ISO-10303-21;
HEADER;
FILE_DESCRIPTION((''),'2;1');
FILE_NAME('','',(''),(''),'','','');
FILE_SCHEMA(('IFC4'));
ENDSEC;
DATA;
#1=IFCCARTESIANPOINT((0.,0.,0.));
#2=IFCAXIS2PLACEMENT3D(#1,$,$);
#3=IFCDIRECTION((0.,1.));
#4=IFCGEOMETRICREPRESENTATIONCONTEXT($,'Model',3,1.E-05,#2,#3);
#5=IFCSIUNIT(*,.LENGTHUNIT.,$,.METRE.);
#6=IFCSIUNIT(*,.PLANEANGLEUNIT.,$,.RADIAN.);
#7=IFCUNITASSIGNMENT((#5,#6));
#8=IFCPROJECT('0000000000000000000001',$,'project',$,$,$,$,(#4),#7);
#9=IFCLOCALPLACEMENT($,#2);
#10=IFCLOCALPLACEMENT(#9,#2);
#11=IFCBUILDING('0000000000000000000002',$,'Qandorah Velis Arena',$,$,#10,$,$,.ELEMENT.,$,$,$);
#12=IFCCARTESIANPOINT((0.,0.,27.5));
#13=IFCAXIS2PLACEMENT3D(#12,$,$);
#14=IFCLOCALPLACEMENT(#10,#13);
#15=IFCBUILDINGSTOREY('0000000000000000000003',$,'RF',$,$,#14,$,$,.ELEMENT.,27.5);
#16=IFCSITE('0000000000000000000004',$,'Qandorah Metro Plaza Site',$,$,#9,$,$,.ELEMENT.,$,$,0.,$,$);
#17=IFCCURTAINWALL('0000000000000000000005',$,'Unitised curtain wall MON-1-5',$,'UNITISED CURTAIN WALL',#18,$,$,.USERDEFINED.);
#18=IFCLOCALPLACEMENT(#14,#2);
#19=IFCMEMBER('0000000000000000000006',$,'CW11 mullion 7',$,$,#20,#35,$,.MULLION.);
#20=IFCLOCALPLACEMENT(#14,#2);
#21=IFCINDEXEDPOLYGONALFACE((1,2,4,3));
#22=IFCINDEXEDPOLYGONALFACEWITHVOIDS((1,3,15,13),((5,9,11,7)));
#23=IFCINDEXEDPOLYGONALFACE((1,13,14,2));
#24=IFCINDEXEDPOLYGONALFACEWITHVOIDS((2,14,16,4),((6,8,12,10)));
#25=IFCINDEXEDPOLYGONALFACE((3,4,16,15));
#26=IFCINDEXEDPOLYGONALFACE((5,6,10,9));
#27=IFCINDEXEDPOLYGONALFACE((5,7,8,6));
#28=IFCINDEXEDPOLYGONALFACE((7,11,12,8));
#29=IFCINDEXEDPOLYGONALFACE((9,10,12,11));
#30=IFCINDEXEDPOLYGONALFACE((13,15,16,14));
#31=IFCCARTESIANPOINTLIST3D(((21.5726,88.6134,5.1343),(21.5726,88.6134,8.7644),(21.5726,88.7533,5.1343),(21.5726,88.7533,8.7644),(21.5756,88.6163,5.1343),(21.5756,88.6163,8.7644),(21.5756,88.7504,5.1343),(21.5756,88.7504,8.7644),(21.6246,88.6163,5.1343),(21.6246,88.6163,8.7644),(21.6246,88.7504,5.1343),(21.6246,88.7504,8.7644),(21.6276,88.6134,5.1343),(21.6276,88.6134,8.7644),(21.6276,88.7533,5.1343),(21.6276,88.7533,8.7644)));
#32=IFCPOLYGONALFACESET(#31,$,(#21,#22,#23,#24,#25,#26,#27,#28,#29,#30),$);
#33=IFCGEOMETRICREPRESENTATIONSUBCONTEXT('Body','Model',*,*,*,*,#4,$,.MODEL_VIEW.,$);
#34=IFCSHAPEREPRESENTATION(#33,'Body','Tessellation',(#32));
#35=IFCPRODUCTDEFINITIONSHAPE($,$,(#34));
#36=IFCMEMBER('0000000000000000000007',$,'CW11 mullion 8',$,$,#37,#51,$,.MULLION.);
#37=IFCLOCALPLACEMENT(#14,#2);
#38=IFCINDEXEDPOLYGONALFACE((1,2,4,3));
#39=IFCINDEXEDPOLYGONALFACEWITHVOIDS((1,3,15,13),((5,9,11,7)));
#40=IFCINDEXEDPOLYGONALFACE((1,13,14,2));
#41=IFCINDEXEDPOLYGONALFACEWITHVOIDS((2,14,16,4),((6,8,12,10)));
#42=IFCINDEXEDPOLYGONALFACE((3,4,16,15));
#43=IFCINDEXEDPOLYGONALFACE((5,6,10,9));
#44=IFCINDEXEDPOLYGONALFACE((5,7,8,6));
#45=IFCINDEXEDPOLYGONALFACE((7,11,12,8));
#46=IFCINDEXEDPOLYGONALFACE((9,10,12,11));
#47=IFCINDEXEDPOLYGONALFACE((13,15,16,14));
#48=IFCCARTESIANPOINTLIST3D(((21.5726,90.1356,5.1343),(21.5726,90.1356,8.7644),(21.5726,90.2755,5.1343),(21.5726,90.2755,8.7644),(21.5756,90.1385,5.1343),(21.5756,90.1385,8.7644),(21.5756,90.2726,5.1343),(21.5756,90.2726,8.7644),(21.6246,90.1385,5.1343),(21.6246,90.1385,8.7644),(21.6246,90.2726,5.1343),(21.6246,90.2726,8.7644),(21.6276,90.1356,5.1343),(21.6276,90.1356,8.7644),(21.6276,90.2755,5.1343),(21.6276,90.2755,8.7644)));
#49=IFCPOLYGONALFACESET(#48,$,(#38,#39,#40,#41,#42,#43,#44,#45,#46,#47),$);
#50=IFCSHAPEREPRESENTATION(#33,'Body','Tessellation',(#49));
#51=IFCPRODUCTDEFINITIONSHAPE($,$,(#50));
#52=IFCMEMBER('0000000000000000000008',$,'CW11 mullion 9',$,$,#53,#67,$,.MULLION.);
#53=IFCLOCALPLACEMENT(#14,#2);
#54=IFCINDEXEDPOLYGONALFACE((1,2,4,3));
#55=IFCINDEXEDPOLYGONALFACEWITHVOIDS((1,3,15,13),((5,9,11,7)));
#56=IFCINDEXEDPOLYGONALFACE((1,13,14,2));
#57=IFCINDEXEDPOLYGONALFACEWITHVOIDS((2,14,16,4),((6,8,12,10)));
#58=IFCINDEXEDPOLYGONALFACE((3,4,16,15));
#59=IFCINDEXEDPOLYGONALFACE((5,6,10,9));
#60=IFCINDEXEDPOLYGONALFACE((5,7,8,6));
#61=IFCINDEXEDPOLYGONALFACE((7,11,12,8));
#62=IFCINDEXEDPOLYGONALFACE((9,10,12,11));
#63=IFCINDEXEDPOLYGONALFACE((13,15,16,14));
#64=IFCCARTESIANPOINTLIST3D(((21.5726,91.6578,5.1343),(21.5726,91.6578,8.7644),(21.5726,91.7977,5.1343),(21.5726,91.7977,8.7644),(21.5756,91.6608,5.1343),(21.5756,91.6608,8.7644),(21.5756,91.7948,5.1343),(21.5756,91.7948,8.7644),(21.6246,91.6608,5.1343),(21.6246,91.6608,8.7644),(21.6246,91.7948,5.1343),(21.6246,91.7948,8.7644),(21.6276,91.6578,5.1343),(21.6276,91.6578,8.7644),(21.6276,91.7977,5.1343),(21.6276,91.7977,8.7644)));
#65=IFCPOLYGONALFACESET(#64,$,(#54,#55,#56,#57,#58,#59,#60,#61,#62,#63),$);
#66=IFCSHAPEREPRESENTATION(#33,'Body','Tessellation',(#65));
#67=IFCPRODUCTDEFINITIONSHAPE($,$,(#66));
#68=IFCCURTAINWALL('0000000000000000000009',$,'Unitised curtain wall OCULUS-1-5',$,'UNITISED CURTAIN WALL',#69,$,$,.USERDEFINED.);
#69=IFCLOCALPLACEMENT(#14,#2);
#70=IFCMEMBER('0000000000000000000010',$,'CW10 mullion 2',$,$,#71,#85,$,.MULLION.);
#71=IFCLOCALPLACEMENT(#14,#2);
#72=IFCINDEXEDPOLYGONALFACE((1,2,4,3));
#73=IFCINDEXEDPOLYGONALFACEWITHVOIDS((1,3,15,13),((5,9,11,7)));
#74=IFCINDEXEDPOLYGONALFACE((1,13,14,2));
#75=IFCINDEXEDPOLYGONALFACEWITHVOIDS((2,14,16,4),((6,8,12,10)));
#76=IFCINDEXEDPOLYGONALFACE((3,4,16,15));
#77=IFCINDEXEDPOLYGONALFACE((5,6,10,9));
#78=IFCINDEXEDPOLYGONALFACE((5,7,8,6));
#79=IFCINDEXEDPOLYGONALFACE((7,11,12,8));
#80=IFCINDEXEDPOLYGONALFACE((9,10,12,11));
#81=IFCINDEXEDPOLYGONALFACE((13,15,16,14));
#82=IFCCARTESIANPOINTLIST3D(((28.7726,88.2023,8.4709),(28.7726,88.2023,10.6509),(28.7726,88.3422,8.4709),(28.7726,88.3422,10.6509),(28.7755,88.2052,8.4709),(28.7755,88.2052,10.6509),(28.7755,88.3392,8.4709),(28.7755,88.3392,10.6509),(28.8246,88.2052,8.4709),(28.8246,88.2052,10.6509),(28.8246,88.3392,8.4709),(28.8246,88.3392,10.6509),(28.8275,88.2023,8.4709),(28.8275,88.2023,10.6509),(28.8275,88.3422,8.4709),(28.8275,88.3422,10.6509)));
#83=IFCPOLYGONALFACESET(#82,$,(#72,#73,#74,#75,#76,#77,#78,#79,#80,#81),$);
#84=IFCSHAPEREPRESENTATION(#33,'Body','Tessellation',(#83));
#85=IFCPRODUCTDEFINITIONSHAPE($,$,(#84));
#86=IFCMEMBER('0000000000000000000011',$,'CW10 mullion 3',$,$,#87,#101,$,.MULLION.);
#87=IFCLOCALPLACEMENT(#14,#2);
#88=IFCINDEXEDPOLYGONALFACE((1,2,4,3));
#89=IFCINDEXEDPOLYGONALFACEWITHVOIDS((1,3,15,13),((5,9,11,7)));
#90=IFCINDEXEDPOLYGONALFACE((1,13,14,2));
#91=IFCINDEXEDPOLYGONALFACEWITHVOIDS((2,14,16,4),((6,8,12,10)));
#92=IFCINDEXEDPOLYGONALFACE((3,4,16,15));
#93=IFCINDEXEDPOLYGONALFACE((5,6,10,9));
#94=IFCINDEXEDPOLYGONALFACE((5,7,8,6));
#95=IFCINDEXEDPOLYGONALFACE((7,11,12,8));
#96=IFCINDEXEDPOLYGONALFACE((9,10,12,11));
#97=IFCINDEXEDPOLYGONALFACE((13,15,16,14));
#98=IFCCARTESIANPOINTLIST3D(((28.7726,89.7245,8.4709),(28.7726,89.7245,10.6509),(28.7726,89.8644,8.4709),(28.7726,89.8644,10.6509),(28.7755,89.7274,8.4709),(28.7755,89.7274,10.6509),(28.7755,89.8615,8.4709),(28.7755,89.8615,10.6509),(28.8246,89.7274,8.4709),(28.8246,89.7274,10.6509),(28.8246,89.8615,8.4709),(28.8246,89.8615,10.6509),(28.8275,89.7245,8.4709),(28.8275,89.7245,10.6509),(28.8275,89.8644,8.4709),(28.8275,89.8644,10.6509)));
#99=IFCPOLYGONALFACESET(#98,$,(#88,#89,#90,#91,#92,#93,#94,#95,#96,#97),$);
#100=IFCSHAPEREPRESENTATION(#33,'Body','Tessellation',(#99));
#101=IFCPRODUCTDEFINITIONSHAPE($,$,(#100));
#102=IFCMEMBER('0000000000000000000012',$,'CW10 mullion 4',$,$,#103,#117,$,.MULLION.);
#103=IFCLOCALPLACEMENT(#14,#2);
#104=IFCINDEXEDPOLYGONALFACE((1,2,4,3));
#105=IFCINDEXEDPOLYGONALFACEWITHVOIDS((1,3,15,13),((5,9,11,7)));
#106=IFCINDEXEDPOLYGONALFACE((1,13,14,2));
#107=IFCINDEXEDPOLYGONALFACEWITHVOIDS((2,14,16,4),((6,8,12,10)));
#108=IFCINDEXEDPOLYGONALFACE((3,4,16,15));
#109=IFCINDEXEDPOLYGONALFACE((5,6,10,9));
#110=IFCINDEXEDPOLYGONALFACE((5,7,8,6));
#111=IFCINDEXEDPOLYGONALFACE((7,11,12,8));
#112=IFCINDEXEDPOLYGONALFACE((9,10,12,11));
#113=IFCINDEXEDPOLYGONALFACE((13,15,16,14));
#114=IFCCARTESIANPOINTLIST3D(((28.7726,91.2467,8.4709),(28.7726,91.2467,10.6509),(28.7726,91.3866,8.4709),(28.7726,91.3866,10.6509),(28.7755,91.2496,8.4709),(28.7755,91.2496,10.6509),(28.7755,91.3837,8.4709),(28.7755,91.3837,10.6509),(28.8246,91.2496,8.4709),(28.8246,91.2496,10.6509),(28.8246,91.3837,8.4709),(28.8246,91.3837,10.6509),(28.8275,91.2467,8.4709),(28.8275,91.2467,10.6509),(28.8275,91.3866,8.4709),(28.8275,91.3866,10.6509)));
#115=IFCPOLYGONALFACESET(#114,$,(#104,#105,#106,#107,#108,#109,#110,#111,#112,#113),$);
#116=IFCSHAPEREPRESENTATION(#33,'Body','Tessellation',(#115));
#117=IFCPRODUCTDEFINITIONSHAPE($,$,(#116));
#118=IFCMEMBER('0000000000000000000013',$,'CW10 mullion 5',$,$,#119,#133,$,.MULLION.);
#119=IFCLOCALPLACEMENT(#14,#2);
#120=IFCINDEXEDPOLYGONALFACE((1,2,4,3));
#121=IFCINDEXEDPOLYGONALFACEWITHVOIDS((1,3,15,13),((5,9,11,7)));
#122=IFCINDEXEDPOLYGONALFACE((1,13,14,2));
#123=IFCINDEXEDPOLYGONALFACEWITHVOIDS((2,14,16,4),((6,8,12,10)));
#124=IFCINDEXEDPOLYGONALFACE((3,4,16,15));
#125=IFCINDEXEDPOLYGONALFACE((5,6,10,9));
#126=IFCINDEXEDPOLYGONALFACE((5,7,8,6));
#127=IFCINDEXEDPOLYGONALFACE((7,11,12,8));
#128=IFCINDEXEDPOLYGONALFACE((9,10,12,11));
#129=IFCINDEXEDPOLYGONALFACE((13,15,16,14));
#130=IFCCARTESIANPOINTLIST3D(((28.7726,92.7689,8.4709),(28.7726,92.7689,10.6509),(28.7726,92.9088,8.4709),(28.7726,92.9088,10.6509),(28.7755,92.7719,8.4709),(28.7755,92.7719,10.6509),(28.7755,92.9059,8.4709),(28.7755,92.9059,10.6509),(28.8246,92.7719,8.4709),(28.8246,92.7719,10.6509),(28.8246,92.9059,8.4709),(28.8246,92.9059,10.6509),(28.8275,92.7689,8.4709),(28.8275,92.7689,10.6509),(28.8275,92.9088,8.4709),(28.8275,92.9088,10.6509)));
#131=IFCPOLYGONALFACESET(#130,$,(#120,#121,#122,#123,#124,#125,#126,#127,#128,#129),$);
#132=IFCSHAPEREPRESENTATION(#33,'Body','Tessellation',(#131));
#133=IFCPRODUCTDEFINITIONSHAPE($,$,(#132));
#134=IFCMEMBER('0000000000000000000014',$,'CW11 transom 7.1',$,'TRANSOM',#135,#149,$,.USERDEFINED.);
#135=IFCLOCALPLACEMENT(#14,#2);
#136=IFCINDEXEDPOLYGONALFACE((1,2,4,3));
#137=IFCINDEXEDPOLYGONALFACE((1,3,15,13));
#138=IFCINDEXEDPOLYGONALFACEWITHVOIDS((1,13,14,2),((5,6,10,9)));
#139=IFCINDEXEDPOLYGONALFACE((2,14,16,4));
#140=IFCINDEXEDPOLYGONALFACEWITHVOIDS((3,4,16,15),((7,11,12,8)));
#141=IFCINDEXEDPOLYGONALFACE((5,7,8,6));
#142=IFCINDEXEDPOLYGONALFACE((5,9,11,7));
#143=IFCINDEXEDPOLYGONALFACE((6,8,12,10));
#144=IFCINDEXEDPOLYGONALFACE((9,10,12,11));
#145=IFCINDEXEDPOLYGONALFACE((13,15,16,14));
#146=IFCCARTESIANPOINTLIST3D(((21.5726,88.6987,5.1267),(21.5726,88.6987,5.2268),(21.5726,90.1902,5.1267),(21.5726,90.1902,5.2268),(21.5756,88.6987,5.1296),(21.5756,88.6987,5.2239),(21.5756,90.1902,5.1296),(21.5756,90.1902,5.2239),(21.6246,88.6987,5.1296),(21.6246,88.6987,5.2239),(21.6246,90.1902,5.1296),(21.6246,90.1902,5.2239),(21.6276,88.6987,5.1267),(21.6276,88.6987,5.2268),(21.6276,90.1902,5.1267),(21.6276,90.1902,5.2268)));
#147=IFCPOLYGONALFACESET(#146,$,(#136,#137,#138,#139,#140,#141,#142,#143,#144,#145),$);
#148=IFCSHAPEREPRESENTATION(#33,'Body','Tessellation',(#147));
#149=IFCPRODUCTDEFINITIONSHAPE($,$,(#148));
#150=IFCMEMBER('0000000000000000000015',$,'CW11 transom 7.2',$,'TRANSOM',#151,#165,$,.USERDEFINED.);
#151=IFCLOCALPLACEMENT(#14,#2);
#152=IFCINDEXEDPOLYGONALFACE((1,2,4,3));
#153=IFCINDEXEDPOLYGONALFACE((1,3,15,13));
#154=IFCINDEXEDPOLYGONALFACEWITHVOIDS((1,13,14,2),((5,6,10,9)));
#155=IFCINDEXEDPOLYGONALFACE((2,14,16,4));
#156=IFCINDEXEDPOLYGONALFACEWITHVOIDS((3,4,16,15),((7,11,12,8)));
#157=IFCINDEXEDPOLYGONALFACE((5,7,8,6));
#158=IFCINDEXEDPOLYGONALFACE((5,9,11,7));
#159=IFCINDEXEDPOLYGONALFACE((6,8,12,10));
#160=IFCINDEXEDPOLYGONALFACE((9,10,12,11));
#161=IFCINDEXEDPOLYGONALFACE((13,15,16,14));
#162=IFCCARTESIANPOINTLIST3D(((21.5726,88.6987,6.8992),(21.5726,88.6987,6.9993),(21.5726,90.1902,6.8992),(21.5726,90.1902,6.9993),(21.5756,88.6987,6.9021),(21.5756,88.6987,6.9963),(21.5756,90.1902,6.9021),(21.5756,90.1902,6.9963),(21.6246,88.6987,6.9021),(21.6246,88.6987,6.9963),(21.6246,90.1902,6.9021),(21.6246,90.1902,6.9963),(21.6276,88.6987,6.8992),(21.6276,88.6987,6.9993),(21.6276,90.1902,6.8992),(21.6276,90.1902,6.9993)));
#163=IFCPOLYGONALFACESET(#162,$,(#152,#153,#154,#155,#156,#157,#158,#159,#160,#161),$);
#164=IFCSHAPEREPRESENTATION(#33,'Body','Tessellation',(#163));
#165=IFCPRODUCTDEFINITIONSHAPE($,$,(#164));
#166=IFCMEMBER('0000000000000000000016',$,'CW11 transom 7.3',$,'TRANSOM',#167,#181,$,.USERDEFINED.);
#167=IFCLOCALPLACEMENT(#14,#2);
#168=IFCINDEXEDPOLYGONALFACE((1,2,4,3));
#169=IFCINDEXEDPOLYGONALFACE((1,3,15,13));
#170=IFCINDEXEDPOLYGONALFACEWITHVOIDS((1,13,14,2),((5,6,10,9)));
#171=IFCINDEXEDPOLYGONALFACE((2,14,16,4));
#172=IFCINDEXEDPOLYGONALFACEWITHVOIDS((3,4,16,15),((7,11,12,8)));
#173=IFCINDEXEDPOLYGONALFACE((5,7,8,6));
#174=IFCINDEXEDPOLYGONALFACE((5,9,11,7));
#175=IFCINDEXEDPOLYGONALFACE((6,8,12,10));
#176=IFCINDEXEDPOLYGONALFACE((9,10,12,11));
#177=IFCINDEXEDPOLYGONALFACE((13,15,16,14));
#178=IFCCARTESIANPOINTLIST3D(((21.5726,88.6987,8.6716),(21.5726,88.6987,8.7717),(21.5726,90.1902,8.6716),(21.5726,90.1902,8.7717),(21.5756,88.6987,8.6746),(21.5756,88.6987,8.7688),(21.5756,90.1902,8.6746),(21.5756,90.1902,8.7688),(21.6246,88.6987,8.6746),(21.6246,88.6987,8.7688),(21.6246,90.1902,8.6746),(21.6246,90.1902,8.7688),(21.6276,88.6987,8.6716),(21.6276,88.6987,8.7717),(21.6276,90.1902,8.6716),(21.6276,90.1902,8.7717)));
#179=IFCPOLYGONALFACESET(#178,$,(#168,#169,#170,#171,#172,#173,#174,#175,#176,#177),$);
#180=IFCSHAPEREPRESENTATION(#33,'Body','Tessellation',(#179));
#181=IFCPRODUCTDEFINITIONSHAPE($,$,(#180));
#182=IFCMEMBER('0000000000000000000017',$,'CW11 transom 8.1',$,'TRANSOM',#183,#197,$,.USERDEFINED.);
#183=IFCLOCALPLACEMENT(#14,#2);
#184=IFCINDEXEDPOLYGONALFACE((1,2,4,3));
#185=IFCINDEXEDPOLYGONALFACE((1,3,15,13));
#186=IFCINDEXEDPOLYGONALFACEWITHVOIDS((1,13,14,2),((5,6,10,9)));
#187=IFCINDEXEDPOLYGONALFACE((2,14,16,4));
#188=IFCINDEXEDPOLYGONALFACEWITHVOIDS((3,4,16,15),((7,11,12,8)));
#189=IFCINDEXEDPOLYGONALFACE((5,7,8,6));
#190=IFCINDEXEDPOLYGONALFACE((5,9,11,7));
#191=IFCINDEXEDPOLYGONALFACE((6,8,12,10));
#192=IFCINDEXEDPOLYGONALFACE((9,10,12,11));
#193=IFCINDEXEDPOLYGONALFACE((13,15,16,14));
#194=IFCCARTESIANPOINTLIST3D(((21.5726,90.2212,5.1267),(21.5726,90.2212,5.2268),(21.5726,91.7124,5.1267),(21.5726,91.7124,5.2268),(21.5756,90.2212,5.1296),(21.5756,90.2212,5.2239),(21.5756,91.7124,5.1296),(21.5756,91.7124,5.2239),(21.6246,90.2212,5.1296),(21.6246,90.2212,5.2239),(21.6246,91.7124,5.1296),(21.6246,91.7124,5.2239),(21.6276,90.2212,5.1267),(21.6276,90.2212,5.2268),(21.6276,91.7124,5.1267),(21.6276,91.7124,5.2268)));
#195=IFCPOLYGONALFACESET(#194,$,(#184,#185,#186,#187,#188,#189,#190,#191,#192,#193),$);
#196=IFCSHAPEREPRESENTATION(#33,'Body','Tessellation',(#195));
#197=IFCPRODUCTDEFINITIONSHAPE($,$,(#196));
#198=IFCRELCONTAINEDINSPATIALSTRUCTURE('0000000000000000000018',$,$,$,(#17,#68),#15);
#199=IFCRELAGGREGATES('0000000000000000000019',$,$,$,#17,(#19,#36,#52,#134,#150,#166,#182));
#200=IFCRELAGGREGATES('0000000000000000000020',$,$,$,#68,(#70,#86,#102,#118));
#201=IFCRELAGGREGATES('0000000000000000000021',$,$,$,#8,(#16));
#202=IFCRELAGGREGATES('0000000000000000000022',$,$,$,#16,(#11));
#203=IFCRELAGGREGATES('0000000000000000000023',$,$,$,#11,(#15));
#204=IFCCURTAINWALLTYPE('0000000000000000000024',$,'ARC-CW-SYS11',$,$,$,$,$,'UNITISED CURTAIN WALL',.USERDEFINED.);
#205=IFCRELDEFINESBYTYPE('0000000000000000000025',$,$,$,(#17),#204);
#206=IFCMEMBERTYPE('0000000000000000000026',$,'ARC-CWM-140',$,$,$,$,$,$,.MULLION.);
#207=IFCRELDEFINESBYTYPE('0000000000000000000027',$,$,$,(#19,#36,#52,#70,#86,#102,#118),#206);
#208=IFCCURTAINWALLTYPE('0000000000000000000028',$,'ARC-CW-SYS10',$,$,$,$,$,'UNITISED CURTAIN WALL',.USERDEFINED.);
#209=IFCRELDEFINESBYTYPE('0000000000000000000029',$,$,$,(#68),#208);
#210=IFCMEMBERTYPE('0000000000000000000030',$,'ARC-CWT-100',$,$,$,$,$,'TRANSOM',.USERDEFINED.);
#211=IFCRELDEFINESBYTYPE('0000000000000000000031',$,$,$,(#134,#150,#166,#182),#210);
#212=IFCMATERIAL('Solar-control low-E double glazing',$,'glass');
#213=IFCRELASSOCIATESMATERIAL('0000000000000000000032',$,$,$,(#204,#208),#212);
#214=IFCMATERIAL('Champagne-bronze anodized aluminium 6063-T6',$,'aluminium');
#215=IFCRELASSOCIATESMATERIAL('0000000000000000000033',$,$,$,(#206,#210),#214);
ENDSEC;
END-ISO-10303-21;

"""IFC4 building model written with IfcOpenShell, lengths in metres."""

from ifc_helpers import new_model, si_unit, direction, frame, origin, origin_2d, place, context, subcontext, project, spatial, hollow_rectangle, extrude, material, material_profile, profile_set, type_object, element, aggregate, save


model = new_model("IFC4")

# Units and contexts
model_context = context("Model", 3, precision=1e-05, world=origin(), true_north=direction((0.0, 1.0)))
body_context = subcontext(model_context, "Body", "Model", "MODEL_VIEW")
ifc_project = project(units=[si_unit("LENGTHUNIT", "METRE"), si_unit("PLANEANGLEUNIT", "RADIAN")], contexts=[model_context])

# Site, building, storey
site_placement = place(None, origin())
site = spatial("IfcSite", under=ifc_project, at=site_placement, Name="Qandorah Metro Plaza Site", CompositionType="ELEMENT", RefElevation=0.0)
building_placement = place(site_placement, origin())
building = spatial("IfcBuilding", under=site, at=building_placement, Name="Qandorah Velis Arena", CompositionType="ELEMENT")
storey_placement = place(building_placement, frame((0.0, 0.0, 27.5)))
storey = spatial("IfcBuildingStorey", under=building, at=storey_placement, Name="RF", CompositionType="ELEMENT", Elevation=27.5)

# Curtain walls, members
ifc_material_1 = material(Name="Solar-control low-E double glazing", Category="glass")
curtain_wall_type_1 = type_object("IfcCurtainWallType", Name="ARC-CW-SYS11", ElementType="UNITISED CURTAIN WALL", PredefinedType="USERDEFINED", material=ifc_material_1)
curtain_wall_1_placement = place(storey_placement, origin())
curtain_wall_1 = element("IfcCurtainWall", 1, at=curtain_wall_1_placement, inside=storey, type_object=curtain_wall_type_1, Name="Unitised curtain wall MON-1-5", ObjectType="UNITISED CURTAIN WALL", PredefinedType="USERDEFINED")
ifc_material_2 = material(Name="Champagne-bronze anodized aluminium 6063-T6", Category="aluminium")
ifc_material_profile_1 = material_profile(ifc_material_2, hollow_rectangle(XDim=0.0549, YDim=0.1399, WallThickness=0.0029, at=origin_2d()), Name="ALU MULLION 55x140")
ifc_profile_set_1 = profile_set([ifc_material_profile_1], Name="Champagne-bronze anodized aluminium 6063-T6")
member_type_1 = type_object("IfcMemberType", Name="ARC-CWM-140", PredefinedType="MULLION", material=ifc_profile_set_1)
member_1_placement = place(storey_placement, frame((21.6001, 88.6833, 5.1343), z_axis=(0.0, 0.0, 1.0), x_axis=(-1.0, 0.0, 0.0)))
member_1 = element("IfcMember", 2, at=member_1_placement, type_object=member_type_1, Name="CW11 mullion 7", PredefinedType="MULLION", context=body_context, shape_type="SweptSolid", body=[
    extrude(hollow_rectangle(XDim=0.0549, YDim=0.1399, WallThickness=0.0029, at=origin_2d()), origin(), (0.0, 0.0, 1.0), 3.6301),
])
member_2_placement = place(storey_placement, frame((21.6001, 90.2056, 5.1343), z_axis=(0.0, 0.0, 1.0), x_axis=(-1.0, 0.0, 0.0)))
member_2 = element("IfcMember", 3, at=member_2_placement, type_object=member_type_1, Name="CW11 mullion 8", PredefinedType="MULLION", context=body_context, shape_type="SweptSolid", body=[
    extrude(hollow_rectangle(XDim=0.0549, YDim=0.1399, WallThickness=0.0029, at=origin_2d()), origin(), (0.0, 0.0, 1.0), 3.6301),
])
member_3_placement = place(storey_placement, frame((21.6001, 91.7278, 5.1343), z_axis=(0.0, 0.0, 1.0), x_axis=(-1.0, 0.0, 0.0)))
member_3 = element("IfcMember", 4, at=member_3_placement, type_object=member_type_1, Name="CW11 mullion 9", PredefinedType="MULLION", context=body_context, shape_type="SweptSolid", body=[
    extrude(hollow_rectangle(XDim=0.0549, YDim=0.1399, WallThickness=0.0029, at=origin_2d()), origin(), (0.0, 0.0, 1.0), 3.6301),
])
curtain_wall_type_2 = type_object("IfcCurtainWallType", Name="ARC-CW-SYS10", ElementType="UNITISED CURTAIN WALL", PredefinedType="USERDEFINED", material=ifc_material_1)
curtain_wall_2_placement = place(storey_placement, origin())
curtain_wall_2 = element("IfcCurtainWall", 5, at=curtain_wall_2_placement, inside=storey, type_object=curtain_wall_type_2, Name="Unitised curtain wall OCULUS-1-5", ObjectType="UNITISED CURTAIN WALL", PredefinedType="USERDEFINED")
member_4_placement = place(storey_placement, frame((28.8, 88.2722, 8.4709), z_axis=(0.0, 0.0, 1.0), x_axis=(-1.0, 0.0, 0.0)))
member_4 = element("IfcMember", 6, at=member_4_placement, type_object=member_type_1, Name="CW10 mullion 2", PredefinedType="MULLION", context=body_context, shape_type="SweptSolid", body=[
    extrude(hollow_rectangle(XDim=0.0549, YDim=0.1399, WallThickness=0.0029, at=origin_2d()), origin(), (0.0, 0.0, 1.0), 2.1799),
])
member_5_placement = place(storey_placement, frame((28.8, 89.7944, 8.4709), z_axis=(0.0, 0.0, 1.0), x_axis=(-1.0, 0.0, 0.0)))
member_5 = element("IfcMember", 7, at=member_5_placement, type_object=member_type_1, Name="CW10 mullion 3", PredefinedType="MULLION", context=body_context, shape_type="SweptSolid", body=[
    extrude(hollow_rectangle(XDim=0.0549, YDim=0.1399, WallThickness=0.0029, at=origin_2d()), origin(), (0.0, 0.0, 1.0), 2.1799),
])
member_6_placement = place(storey_placement, frame((28.8, 91.3167, 8.4709), z_axis=(0.0, 0.0, 1.0), x_axis=(-1.0, 0.0, 0.0)))
member_6 = element("IfcMember", 8, at=member_6_placement, type_object=member_type_1, Name="CW10 mullion 4", PredefinedType="MULLION", context=body_context, shape_type="SweptSolid", body=[
    extrude(hollow_rectangle(XDim=0.0549, YDim=0.1399, WallThickness=0.0029, at=origin_2d()), origin(), (0.0, 0.0, 1.0), 2.1799),
])
member_7_placement = place(storey_placement, frame((28.8, 92.8389, 8.4709), z_axis=(0.0, 0.0, 1.0), x_axis=(-1.0, 0.0, 0.0)))
member_7 = element("IfcMember", 9, at=member_7_placement, type_object=member_type_1, Name="CW10 mullion 5", PredefinedType="MULLION", context=body_context, shape_type="SweptSolid", body=[
    extrude(hollow_rectangle(XDim=0.0549, YDim=0.1399, WallThickness=0.0029, at=origin_2d()), origin(), (0.0, 0.0, 1.0), 2.1799),
])

# Members
ifc_material_profile_2 = material_profile(ifc_material_2, hollow_rectangle(XDim=0.0549, YDim=0.1001, WallThickness=0.0029, at=origin_2d()), Name="ALU TRANSOM 55x100")
ifc_profile_set_2 = profile_set([ifc_material_profile_2], Name="Champagne-bronze anodized aluminium 6063-T6")
member_type_2 = type_object("IfcMemberType", Name="ARC-CWT-100", ElementType="TRANSOM", PredefinedType="USERDEFINED", material=ifc_profile_set_2)
member_8_placement = place(storey_placement, frame((21.6001, 88.6987, 5.1768), z_axis=(0.0, 1.0, 0.0), x_axis=(-1.0, 0.0, 0.0)))
member_8 = element("IfcMember", 10, at=member_8_placement, type_object=member_type_2, Name="CW11 transom 7.1", ObjectType="TRANSOM", PredefinedType="USERDEFINED", context=body_context, shape_type="SweptSolid", body=[
    extrude(hollow_rectangle(XDim=0.0549, YDim=0.1001, WallThickness=0.0029, at=origin_2d()), origin(), (0.0, 0.0, 1.0), 1.4915),
])
member_9_placement = place(storey_placement, frame((21.6001, 88.6987, 6.9492), z_axis=(0.0, 1.0, 0.0), x_axis=(-1.0, 0.0, 0.0)))
member_9 = element("IfcMember", 11, at=member_9_placement, type_object=member_type_2, Name="CW11 transom 7.2", ObjectType="TRANSOM", PredefinedType="USERDEFINED", context=body_context, shape_type="SweptSolid", body=[
    extrude(hollow_rectangle(XDim=0.0549, YDim=0.1001, WallThickness=0.0029, at=origin_2d()), origin(), (0.0, 0.0, 1.0), 1.4915),
])
member_10_placement = place(storey_placement, frame((21.6001, 88.6987, 8.7217), z_axis=(0.0, 1.0, 0.0), x_axis=(-1.0, 0.0, 0.0)))
member_10 = element("IfcMember", 12, at=member_10_placement, type_object=member_type_2, Name="CW11 transom 7.3", ObjectType="TRANSOM", PredefinedType="USERDEFINED", context=body_context, shape_type="SweptSolid", body=[
    extrude(hollow_rectangle(XDim=0.0549, YDim=0.1001, WallThickness=0.0029, at=origin_2d()), origin(), (0.0, 0.0, 1.0), 1.4915),
])
member_11_placement = place(storey_placement, frame((21.6001, 90.2212, 5.1768), z_axis=(0.0, 1.0, 0.0), x_axis=(-1.0, 0.0, 0.0)))
member_11 = element("IfcMember", 13, at=member_11_placement, type_object=member_type_2, Name="CW11 transom 8.1", ObjectType="TRANSOM", PredefinedType="USERDEFINED", context=body_context, shape_type="SweptSolid", body=[
    extrude(hollow_rectangle(XDim=0.0549, YDim=0.1001, WallThickness=0.0029, at=origin_2d()), origin(), (0.0, 0.0, 1.0), 1.4912),
])

aggregate(curtain_wall_1, [member_1, member_2, member_3, member_8, member_9, member_10, member_11])
aggregate(curtain_wall_2, [member_4, member_5, member_6, member_7])

save(model, "model.ifc")
